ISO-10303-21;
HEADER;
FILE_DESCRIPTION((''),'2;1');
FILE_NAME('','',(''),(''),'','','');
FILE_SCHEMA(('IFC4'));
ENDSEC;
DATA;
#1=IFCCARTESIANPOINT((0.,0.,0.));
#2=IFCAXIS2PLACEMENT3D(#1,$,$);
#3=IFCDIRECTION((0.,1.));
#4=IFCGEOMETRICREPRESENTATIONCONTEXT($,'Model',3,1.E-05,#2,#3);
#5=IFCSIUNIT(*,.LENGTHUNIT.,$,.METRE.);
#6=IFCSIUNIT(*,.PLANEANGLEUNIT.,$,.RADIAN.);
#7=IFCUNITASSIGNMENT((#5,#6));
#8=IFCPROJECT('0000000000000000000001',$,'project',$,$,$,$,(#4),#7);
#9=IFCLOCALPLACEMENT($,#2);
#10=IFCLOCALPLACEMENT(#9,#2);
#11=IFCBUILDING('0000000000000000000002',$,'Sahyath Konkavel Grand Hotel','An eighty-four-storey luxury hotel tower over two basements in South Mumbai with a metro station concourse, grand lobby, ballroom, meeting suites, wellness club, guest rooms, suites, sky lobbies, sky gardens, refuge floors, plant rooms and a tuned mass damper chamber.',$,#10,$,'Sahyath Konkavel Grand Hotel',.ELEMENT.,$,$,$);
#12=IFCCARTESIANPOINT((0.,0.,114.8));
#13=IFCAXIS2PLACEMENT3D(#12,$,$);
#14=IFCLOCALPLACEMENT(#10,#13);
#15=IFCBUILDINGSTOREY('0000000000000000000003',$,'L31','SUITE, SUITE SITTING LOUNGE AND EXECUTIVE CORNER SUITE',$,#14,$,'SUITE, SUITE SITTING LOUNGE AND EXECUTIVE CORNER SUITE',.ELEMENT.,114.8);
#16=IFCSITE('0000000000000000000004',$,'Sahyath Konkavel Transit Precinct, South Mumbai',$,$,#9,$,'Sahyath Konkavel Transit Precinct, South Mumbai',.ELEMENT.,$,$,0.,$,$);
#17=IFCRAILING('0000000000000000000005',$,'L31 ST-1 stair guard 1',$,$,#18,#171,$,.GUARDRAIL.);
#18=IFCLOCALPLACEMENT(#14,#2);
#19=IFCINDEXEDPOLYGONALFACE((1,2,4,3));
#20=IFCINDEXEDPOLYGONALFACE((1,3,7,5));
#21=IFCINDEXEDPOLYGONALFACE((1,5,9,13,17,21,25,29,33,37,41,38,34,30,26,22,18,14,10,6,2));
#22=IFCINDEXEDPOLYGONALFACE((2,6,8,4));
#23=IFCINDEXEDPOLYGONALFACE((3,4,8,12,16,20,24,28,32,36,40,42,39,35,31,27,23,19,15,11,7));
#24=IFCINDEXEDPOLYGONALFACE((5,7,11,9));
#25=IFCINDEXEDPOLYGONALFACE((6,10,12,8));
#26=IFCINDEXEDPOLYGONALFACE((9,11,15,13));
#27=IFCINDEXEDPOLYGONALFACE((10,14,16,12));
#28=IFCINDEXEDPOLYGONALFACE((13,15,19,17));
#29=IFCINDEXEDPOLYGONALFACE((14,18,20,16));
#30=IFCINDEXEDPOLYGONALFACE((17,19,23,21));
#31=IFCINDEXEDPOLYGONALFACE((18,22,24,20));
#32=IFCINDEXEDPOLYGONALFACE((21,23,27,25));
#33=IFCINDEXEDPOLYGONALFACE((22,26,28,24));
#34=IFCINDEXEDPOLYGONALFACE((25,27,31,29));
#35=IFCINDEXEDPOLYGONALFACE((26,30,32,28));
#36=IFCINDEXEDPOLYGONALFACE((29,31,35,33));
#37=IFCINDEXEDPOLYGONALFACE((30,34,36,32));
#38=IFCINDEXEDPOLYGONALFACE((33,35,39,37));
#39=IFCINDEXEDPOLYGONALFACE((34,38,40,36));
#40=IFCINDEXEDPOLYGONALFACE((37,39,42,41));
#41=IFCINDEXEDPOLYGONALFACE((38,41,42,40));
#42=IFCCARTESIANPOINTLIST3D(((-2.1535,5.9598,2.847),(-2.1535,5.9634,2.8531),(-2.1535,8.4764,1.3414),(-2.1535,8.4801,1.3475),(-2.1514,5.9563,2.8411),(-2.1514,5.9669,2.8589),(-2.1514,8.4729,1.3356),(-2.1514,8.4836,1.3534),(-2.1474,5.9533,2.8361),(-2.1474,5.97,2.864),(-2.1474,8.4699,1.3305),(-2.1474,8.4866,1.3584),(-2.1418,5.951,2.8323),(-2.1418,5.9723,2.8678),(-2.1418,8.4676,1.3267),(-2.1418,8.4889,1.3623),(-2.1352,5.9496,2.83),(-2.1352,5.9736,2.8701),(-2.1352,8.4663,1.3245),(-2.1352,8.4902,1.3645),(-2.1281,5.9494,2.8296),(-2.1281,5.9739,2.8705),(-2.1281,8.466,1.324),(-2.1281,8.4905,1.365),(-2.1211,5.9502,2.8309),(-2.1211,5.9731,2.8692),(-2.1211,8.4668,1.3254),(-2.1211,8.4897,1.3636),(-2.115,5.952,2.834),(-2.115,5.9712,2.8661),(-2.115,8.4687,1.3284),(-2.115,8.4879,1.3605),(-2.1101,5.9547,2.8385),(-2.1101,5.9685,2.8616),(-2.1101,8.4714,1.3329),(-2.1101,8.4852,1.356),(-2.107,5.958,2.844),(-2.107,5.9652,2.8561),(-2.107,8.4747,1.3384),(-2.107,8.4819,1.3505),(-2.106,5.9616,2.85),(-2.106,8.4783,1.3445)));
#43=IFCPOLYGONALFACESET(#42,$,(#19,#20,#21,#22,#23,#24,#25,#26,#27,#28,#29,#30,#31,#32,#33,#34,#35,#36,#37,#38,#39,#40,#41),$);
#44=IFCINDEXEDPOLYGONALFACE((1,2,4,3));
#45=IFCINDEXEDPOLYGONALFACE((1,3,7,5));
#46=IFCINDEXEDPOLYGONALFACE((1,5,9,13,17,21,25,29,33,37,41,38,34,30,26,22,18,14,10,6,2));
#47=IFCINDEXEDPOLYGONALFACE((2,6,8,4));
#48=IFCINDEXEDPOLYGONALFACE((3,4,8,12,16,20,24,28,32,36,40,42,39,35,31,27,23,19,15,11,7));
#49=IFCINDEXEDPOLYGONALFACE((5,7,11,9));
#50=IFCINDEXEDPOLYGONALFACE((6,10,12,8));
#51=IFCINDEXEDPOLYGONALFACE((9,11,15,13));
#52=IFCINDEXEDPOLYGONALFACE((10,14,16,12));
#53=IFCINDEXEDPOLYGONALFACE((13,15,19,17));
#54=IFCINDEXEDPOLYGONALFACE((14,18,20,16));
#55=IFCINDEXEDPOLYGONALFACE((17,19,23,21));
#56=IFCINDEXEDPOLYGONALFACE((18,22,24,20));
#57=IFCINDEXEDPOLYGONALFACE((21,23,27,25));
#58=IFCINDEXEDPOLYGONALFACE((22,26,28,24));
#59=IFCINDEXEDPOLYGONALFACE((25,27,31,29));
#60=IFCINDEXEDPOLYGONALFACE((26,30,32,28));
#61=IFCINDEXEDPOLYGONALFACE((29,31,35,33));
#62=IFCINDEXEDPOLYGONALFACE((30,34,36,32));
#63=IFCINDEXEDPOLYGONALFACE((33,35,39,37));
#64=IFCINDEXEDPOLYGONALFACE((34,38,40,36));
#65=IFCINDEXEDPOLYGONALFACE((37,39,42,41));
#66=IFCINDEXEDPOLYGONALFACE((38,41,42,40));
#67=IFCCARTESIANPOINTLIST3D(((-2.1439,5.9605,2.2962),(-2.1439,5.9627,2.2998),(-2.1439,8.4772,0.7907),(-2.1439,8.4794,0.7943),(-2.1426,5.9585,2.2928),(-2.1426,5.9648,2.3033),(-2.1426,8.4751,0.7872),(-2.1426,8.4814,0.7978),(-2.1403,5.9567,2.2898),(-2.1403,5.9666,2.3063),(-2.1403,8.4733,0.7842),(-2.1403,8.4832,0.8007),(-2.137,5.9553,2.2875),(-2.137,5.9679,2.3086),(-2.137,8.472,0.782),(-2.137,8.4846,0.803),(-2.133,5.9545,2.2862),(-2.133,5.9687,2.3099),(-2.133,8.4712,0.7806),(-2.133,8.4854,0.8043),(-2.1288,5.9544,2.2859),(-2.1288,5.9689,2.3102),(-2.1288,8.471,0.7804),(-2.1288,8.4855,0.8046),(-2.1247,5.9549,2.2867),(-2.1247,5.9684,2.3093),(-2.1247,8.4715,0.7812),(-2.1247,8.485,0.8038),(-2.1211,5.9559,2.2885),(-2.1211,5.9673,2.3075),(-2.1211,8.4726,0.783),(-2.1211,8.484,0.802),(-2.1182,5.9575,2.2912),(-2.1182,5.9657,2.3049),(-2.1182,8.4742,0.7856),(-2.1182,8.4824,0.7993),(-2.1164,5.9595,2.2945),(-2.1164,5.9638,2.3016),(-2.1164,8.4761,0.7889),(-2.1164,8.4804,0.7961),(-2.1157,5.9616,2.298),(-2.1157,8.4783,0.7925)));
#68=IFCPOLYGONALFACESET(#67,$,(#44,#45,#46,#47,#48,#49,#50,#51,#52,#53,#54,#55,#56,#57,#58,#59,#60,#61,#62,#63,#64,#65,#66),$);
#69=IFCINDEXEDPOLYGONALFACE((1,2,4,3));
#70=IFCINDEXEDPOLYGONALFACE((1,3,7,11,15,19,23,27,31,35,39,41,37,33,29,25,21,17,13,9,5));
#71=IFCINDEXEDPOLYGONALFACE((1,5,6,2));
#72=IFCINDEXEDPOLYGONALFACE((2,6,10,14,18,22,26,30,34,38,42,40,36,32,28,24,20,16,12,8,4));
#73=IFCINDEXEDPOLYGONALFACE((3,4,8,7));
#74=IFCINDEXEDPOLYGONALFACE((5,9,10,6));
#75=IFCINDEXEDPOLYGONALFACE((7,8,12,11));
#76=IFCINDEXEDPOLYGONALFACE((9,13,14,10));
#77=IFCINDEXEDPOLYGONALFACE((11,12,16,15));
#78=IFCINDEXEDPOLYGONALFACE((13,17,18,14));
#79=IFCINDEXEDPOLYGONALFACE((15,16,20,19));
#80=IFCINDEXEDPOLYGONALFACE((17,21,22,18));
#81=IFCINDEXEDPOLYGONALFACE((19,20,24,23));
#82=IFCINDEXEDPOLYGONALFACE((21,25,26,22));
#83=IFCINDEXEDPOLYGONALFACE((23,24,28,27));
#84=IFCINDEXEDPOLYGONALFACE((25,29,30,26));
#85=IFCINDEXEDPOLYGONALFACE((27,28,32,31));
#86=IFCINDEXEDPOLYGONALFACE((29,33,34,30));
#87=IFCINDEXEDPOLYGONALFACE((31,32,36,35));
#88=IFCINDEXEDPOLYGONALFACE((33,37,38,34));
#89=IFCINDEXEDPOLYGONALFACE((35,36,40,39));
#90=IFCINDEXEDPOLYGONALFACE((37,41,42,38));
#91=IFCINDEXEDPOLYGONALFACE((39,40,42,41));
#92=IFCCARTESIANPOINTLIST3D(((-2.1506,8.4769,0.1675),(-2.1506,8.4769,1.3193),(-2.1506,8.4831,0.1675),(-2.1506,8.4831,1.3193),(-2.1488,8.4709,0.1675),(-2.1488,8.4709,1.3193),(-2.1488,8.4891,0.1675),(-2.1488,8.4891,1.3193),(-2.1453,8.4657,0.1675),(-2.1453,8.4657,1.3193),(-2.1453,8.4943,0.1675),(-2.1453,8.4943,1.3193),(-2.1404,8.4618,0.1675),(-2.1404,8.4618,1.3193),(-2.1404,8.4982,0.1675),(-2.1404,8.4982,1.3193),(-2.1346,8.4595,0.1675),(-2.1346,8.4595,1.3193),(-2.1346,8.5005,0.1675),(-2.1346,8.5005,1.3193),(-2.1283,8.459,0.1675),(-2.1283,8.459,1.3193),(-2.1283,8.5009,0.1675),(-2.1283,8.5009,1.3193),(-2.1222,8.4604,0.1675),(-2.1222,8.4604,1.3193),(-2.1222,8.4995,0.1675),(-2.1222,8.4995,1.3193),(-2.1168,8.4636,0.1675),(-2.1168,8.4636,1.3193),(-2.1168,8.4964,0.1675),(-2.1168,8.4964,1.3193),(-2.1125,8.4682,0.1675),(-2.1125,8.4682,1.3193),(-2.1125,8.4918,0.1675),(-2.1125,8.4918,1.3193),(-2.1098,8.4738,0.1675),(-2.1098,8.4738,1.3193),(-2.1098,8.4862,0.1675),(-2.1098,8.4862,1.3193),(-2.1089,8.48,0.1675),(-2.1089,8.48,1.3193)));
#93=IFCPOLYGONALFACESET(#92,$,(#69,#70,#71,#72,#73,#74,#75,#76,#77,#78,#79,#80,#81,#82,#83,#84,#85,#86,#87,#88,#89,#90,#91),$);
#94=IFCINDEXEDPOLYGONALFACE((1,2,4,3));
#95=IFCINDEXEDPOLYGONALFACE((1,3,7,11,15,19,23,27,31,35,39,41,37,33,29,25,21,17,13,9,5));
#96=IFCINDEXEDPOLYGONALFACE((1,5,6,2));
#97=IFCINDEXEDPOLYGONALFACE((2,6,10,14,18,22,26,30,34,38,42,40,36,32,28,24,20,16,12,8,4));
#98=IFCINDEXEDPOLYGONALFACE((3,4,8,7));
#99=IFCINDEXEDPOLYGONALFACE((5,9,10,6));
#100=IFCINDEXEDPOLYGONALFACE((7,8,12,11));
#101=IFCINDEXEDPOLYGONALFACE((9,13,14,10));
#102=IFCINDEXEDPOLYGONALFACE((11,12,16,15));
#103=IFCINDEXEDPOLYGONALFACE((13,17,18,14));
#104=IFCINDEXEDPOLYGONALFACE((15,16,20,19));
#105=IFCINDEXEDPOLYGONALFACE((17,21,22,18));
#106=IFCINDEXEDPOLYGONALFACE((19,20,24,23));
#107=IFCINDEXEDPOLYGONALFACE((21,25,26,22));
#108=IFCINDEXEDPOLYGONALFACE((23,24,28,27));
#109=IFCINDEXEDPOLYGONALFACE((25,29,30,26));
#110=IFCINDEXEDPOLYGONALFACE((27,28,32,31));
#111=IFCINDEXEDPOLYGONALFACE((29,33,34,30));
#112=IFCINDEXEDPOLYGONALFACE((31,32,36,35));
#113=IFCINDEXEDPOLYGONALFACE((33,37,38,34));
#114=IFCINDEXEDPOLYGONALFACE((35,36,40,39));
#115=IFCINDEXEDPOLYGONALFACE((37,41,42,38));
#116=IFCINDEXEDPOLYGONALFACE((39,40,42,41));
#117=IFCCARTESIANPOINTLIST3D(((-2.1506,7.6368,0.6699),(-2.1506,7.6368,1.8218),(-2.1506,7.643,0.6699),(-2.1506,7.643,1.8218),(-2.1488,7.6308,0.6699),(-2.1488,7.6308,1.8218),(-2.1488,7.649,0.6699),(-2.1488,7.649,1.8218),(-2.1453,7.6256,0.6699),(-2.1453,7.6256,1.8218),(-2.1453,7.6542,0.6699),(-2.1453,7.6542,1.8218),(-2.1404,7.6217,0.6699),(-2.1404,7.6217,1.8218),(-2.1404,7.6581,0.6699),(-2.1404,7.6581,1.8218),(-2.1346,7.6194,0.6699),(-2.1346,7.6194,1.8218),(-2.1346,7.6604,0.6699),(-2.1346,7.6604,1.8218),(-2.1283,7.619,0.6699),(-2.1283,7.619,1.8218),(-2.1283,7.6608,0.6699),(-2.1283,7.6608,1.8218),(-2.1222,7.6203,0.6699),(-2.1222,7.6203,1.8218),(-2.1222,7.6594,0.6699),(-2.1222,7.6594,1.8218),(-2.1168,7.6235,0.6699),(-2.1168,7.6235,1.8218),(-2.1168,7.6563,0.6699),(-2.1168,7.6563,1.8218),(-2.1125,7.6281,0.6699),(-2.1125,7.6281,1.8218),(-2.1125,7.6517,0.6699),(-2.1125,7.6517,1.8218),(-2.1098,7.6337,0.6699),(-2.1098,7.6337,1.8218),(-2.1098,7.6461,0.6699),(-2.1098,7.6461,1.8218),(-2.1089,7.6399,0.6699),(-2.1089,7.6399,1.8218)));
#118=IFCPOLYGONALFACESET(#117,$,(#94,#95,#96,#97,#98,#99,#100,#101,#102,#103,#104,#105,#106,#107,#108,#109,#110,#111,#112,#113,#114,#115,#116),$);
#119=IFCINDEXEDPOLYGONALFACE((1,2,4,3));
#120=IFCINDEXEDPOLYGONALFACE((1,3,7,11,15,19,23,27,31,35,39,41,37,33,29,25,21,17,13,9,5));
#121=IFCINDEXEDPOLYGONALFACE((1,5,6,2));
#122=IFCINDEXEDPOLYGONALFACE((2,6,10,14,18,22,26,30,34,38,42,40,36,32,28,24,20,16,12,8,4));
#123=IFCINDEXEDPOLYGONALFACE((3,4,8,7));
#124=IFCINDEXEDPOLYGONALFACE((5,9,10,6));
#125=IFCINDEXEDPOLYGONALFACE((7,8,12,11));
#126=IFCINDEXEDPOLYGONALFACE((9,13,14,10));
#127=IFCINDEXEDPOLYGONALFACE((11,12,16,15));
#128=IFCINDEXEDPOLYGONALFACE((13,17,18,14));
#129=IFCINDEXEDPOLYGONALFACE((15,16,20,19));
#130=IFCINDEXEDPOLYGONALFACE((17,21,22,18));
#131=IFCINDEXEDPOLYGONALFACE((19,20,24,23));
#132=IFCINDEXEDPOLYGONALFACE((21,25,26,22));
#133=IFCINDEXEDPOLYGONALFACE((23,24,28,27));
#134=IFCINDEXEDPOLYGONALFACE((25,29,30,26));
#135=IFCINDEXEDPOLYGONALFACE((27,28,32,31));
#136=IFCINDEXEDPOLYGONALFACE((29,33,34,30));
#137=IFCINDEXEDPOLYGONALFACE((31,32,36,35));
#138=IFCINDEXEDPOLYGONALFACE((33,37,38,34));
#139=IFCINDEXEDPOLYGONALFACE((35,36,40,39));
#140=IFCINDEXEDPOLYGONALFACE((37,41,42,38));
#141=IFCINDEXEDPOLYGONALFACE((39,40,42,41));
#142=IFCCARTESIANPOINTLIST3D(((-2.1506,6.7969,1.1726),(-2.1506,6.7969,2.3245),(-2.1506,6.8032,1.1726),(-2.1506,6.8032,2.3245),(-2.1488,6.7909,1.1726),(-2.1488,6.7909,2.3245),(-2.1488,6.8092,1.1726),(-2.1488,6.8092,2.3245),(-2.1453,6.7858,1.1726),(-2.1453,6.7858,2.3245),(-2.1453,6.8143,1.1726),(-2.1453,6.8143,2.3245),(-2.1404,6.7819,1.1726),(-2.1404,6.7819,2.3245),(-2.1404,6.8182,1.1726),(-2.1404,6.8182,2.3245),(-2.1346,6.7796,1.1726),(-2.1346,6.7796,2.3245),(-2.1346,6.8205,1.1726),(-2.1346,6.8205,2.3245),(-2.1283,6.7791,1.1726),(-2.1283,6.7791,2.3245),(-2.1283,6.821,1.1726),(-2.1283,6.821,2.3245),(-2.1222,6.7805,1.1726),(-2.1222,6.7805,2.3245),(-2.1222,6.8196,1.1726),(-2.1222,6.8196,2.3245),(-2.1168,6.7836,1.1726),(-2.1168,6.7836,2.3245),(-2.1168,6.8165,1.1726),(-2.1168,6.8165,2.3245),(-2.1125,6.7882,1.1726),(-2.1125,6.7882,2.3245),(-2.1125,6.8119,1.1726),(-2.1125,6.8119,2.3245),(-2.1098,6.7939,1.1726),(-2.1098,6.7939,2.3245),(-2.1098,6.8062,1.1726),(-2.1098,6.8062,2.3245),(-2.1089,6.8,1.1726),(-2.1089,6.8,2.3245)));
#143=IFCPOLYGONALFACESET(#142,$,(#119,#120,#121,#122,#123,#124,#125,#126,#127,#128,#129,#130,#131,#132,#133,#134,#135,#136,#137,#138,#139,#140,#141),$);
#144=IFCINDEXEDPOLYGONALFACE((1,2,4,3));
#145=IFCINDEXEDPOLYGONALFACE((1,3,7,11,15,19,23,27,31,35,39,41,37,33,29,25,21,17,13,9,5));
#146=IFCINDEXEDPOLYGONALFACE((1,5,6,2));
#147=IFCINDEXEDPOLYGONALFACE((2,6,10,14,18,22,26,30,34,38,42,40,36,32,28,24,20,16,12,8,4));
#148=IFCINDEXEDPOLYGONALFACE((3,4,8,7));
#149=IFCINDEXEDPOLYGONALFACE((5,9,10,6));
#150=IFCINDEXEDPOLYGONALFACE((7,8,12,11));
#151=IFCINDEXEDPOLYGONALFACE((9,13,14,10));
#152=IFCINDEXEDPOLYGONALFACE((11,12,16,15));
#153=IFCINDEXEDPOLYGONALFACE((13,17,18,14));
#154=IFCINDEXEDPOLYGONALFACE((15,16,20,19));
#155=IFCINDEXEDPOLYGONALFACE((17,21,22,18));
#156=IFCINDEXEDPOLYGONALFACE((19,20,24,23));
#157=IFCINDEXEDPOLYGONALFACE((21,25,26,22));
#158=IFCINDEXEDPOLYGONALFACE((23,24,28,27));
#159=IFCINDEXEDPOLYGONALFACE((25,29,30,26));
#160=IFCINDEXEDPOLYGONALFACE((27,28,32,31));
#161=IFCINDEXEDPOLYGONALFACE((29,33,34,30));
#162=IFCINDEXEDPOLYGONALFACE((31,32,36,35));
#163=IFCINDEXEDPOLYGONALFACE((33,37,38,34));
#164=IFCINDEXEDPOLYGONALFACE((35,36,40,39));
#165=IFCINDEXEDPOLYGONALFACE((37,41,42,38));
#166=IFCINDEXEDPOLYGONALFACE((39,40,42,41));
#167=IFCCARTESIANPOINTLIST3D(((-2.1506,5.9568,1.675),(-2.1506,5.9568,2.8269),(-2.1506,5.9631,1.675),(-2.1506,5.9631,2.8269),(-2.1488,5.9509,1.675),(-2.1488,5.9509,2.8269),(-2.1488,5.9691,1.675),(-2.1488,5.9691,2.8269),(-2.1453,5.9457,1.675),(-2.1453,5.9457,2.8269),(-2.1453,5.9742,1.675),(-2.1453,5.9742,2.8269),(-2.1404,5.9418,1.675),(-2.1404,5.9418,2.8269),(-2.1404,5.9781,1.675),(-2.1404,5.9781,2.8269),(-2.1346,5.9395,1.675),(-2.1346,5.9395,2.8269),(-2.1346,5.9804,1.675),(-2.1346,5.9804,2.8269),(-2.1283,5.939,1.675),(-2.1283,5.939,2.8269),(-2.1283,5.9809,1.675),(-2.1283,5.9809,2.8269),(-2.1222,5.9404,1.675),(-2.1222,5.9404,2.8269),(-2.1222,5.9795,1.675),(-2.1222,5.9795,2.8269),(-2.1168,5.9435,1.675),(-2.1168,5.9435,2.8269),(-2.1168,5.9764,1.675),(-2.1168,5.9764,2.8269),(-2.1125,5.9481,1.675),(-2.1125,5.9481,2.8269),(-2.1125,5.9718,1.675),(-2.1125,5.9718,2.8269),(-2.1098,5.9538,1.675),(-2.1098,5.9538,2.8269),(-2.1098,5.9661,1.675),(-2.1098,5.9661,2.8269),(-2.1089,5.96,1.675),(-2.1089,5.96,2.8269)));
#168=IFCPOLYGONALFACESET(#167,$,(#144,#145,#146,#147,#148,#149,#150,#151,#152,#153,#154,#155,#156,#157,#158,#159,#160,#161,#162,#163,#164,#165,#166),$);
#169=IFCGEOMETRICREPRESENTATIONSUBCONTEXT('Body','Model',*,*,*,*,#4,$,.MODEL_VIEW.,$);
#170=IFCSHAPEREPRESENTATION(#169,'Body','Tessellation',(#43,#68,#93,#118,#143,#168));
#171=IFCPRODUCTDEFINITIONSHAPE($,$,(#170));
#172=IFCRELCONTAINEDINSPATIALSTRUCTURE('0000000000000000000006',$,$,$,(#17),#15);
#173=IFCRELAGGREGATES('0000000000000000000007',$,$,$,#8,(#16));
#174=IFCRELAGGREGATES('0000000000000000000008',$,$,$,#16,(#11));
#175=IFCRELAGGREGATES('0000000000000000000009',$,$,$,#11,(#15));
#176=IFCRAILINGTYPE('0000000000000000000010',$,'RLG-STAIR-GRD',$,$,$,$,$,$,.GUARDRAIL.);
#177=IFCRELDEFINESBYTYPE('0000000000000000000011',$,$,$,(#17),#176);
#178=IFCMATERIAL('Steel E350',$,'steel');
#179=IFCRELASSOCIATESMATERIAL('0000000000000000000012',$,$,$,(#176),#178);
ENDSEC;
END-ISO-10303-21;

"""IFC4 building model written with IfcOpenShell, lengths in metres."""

from ifc_helpers import new_model, si_unit, direction, frame, origin, origin_2d, place, context, subcontext, project, spatial, circle, extrude, material, type_object, element, save


model = new_model("IFC4")

# Units and contexts
model_context = context("Model", 3, precision=1e-05, world=origin(), true_north=direction((0.0, 1.0)))
body_context = subcontext(model_context, "Body", "Model", "MODEL_VIEW")
ifc_project = project(units=[si_unit("LENGTHUNIT", "METRE"), si_unit("PLANEANGLEUNIT", "RADIAN")], contexts=[model_context])

# Site, building, storey
site_placement = place(None, origin())
site = spatial("IfcSite", under=ifc_project, at=site_placement, Name="Sahyath Konkavel Transit Precinct, South Mumbai", LongName="Sahyath Konkavel Transit Precinct, South Mumbai", CompositionType="ELEMENT", RefElevation=0.0)
building_placement = place(site_placement, origin())
building = spatial("IfcBuilding", under=site, at=building_placement, Name="Sahyath Konkavel Grand Hotel", Description="An eighty-four-storey luxury hotel tower over two basements in South Mumbai with a metro station concourse, grand lobby, ballroom, meeting suites, wellness club, guest rooms, suites, sky lobbies, sky gardens, refuge floors, plant rooms and a tuned mass damper chamber.", LongName="Sahyath Konkavel Grand Hotel", CompositionType="ELEMENT")
storey_placement = place(building_placement, frame((0.0, 0.0, 114.8)))
storey = spatial("IfcBuildingStorey", under=building, at=storey_placement, Name="L31", Description="SUITE, SUITE SITTING LOUNGE AND EXECUTIVE CORNER SUITE", LongName="SUITE, SUITE SITTING LOUNGE AND EXECUTIVE CORNER SUITE", CompositionType="ELEMENT", Elevation=114.8)

# Shared definitions
ifc_material_1 = material(Name="Steel E350", Category="steel")

# Railing
railing_type_1 = type_object("IfcRailingType", Name="RLG-STAIR-GRD", PredefinedType="GUARDRAIL", material=ifc_material_1)
railing_1_placement = place(storey_placement, frame((-2.1299, 8.48, 0.1675)))
element("IfcRailing", 1, at=railing_1_placement, inside=storey, type_object=railing_type_1, Name="L31 ST-1 stair guard 1", PredefinedType="GUARDRAIL", context=body_context, shape_type="SweptSolid", body=[
    extrude(circle(Radius=0.0239, at=origin_2d()), frame((0.0, -0.0017, 1.177), z_axis=(0.0, -0.85816, 0.513383), x_axis=(1.0, 0.0, 0.0)), (0.0, 0.0, 1.0), 2.9326),
    extrude(circle(Radius=0.0142, at=origin_2d()), frame((0.0, -0.0017, 0.625), z_axis=(0.0, -0.85816, 0.513383), x_axis=(1.0, 0.0, 0.0)), (0.0, 0.0, 1.0), 2.9326),
    extrude(circle(Radius=0.021, at=origin_2d()), origin(), (0.0, 0.0, 1.0), 1.1519),
    extrude(circle(Radius=0.021, at=origin_2d()), frame((0.0, -0.8401, 0.5024)), (0.0, 0.0, 1.0), 1.1519),
    extrude(circle(Radius=0.021, at=origin_2d()), frame((0.0, -1.6799, 1.0051)), (0.0, 0.0, 1.0), 1.1519),
    extrude(circle(Radius=0.021, at=origin_2d()), frame((0.0, -2.52, 1.5076)), (0.0, 0.0, 1.0), 1.1519),
])

save(model, "model.ifc")
